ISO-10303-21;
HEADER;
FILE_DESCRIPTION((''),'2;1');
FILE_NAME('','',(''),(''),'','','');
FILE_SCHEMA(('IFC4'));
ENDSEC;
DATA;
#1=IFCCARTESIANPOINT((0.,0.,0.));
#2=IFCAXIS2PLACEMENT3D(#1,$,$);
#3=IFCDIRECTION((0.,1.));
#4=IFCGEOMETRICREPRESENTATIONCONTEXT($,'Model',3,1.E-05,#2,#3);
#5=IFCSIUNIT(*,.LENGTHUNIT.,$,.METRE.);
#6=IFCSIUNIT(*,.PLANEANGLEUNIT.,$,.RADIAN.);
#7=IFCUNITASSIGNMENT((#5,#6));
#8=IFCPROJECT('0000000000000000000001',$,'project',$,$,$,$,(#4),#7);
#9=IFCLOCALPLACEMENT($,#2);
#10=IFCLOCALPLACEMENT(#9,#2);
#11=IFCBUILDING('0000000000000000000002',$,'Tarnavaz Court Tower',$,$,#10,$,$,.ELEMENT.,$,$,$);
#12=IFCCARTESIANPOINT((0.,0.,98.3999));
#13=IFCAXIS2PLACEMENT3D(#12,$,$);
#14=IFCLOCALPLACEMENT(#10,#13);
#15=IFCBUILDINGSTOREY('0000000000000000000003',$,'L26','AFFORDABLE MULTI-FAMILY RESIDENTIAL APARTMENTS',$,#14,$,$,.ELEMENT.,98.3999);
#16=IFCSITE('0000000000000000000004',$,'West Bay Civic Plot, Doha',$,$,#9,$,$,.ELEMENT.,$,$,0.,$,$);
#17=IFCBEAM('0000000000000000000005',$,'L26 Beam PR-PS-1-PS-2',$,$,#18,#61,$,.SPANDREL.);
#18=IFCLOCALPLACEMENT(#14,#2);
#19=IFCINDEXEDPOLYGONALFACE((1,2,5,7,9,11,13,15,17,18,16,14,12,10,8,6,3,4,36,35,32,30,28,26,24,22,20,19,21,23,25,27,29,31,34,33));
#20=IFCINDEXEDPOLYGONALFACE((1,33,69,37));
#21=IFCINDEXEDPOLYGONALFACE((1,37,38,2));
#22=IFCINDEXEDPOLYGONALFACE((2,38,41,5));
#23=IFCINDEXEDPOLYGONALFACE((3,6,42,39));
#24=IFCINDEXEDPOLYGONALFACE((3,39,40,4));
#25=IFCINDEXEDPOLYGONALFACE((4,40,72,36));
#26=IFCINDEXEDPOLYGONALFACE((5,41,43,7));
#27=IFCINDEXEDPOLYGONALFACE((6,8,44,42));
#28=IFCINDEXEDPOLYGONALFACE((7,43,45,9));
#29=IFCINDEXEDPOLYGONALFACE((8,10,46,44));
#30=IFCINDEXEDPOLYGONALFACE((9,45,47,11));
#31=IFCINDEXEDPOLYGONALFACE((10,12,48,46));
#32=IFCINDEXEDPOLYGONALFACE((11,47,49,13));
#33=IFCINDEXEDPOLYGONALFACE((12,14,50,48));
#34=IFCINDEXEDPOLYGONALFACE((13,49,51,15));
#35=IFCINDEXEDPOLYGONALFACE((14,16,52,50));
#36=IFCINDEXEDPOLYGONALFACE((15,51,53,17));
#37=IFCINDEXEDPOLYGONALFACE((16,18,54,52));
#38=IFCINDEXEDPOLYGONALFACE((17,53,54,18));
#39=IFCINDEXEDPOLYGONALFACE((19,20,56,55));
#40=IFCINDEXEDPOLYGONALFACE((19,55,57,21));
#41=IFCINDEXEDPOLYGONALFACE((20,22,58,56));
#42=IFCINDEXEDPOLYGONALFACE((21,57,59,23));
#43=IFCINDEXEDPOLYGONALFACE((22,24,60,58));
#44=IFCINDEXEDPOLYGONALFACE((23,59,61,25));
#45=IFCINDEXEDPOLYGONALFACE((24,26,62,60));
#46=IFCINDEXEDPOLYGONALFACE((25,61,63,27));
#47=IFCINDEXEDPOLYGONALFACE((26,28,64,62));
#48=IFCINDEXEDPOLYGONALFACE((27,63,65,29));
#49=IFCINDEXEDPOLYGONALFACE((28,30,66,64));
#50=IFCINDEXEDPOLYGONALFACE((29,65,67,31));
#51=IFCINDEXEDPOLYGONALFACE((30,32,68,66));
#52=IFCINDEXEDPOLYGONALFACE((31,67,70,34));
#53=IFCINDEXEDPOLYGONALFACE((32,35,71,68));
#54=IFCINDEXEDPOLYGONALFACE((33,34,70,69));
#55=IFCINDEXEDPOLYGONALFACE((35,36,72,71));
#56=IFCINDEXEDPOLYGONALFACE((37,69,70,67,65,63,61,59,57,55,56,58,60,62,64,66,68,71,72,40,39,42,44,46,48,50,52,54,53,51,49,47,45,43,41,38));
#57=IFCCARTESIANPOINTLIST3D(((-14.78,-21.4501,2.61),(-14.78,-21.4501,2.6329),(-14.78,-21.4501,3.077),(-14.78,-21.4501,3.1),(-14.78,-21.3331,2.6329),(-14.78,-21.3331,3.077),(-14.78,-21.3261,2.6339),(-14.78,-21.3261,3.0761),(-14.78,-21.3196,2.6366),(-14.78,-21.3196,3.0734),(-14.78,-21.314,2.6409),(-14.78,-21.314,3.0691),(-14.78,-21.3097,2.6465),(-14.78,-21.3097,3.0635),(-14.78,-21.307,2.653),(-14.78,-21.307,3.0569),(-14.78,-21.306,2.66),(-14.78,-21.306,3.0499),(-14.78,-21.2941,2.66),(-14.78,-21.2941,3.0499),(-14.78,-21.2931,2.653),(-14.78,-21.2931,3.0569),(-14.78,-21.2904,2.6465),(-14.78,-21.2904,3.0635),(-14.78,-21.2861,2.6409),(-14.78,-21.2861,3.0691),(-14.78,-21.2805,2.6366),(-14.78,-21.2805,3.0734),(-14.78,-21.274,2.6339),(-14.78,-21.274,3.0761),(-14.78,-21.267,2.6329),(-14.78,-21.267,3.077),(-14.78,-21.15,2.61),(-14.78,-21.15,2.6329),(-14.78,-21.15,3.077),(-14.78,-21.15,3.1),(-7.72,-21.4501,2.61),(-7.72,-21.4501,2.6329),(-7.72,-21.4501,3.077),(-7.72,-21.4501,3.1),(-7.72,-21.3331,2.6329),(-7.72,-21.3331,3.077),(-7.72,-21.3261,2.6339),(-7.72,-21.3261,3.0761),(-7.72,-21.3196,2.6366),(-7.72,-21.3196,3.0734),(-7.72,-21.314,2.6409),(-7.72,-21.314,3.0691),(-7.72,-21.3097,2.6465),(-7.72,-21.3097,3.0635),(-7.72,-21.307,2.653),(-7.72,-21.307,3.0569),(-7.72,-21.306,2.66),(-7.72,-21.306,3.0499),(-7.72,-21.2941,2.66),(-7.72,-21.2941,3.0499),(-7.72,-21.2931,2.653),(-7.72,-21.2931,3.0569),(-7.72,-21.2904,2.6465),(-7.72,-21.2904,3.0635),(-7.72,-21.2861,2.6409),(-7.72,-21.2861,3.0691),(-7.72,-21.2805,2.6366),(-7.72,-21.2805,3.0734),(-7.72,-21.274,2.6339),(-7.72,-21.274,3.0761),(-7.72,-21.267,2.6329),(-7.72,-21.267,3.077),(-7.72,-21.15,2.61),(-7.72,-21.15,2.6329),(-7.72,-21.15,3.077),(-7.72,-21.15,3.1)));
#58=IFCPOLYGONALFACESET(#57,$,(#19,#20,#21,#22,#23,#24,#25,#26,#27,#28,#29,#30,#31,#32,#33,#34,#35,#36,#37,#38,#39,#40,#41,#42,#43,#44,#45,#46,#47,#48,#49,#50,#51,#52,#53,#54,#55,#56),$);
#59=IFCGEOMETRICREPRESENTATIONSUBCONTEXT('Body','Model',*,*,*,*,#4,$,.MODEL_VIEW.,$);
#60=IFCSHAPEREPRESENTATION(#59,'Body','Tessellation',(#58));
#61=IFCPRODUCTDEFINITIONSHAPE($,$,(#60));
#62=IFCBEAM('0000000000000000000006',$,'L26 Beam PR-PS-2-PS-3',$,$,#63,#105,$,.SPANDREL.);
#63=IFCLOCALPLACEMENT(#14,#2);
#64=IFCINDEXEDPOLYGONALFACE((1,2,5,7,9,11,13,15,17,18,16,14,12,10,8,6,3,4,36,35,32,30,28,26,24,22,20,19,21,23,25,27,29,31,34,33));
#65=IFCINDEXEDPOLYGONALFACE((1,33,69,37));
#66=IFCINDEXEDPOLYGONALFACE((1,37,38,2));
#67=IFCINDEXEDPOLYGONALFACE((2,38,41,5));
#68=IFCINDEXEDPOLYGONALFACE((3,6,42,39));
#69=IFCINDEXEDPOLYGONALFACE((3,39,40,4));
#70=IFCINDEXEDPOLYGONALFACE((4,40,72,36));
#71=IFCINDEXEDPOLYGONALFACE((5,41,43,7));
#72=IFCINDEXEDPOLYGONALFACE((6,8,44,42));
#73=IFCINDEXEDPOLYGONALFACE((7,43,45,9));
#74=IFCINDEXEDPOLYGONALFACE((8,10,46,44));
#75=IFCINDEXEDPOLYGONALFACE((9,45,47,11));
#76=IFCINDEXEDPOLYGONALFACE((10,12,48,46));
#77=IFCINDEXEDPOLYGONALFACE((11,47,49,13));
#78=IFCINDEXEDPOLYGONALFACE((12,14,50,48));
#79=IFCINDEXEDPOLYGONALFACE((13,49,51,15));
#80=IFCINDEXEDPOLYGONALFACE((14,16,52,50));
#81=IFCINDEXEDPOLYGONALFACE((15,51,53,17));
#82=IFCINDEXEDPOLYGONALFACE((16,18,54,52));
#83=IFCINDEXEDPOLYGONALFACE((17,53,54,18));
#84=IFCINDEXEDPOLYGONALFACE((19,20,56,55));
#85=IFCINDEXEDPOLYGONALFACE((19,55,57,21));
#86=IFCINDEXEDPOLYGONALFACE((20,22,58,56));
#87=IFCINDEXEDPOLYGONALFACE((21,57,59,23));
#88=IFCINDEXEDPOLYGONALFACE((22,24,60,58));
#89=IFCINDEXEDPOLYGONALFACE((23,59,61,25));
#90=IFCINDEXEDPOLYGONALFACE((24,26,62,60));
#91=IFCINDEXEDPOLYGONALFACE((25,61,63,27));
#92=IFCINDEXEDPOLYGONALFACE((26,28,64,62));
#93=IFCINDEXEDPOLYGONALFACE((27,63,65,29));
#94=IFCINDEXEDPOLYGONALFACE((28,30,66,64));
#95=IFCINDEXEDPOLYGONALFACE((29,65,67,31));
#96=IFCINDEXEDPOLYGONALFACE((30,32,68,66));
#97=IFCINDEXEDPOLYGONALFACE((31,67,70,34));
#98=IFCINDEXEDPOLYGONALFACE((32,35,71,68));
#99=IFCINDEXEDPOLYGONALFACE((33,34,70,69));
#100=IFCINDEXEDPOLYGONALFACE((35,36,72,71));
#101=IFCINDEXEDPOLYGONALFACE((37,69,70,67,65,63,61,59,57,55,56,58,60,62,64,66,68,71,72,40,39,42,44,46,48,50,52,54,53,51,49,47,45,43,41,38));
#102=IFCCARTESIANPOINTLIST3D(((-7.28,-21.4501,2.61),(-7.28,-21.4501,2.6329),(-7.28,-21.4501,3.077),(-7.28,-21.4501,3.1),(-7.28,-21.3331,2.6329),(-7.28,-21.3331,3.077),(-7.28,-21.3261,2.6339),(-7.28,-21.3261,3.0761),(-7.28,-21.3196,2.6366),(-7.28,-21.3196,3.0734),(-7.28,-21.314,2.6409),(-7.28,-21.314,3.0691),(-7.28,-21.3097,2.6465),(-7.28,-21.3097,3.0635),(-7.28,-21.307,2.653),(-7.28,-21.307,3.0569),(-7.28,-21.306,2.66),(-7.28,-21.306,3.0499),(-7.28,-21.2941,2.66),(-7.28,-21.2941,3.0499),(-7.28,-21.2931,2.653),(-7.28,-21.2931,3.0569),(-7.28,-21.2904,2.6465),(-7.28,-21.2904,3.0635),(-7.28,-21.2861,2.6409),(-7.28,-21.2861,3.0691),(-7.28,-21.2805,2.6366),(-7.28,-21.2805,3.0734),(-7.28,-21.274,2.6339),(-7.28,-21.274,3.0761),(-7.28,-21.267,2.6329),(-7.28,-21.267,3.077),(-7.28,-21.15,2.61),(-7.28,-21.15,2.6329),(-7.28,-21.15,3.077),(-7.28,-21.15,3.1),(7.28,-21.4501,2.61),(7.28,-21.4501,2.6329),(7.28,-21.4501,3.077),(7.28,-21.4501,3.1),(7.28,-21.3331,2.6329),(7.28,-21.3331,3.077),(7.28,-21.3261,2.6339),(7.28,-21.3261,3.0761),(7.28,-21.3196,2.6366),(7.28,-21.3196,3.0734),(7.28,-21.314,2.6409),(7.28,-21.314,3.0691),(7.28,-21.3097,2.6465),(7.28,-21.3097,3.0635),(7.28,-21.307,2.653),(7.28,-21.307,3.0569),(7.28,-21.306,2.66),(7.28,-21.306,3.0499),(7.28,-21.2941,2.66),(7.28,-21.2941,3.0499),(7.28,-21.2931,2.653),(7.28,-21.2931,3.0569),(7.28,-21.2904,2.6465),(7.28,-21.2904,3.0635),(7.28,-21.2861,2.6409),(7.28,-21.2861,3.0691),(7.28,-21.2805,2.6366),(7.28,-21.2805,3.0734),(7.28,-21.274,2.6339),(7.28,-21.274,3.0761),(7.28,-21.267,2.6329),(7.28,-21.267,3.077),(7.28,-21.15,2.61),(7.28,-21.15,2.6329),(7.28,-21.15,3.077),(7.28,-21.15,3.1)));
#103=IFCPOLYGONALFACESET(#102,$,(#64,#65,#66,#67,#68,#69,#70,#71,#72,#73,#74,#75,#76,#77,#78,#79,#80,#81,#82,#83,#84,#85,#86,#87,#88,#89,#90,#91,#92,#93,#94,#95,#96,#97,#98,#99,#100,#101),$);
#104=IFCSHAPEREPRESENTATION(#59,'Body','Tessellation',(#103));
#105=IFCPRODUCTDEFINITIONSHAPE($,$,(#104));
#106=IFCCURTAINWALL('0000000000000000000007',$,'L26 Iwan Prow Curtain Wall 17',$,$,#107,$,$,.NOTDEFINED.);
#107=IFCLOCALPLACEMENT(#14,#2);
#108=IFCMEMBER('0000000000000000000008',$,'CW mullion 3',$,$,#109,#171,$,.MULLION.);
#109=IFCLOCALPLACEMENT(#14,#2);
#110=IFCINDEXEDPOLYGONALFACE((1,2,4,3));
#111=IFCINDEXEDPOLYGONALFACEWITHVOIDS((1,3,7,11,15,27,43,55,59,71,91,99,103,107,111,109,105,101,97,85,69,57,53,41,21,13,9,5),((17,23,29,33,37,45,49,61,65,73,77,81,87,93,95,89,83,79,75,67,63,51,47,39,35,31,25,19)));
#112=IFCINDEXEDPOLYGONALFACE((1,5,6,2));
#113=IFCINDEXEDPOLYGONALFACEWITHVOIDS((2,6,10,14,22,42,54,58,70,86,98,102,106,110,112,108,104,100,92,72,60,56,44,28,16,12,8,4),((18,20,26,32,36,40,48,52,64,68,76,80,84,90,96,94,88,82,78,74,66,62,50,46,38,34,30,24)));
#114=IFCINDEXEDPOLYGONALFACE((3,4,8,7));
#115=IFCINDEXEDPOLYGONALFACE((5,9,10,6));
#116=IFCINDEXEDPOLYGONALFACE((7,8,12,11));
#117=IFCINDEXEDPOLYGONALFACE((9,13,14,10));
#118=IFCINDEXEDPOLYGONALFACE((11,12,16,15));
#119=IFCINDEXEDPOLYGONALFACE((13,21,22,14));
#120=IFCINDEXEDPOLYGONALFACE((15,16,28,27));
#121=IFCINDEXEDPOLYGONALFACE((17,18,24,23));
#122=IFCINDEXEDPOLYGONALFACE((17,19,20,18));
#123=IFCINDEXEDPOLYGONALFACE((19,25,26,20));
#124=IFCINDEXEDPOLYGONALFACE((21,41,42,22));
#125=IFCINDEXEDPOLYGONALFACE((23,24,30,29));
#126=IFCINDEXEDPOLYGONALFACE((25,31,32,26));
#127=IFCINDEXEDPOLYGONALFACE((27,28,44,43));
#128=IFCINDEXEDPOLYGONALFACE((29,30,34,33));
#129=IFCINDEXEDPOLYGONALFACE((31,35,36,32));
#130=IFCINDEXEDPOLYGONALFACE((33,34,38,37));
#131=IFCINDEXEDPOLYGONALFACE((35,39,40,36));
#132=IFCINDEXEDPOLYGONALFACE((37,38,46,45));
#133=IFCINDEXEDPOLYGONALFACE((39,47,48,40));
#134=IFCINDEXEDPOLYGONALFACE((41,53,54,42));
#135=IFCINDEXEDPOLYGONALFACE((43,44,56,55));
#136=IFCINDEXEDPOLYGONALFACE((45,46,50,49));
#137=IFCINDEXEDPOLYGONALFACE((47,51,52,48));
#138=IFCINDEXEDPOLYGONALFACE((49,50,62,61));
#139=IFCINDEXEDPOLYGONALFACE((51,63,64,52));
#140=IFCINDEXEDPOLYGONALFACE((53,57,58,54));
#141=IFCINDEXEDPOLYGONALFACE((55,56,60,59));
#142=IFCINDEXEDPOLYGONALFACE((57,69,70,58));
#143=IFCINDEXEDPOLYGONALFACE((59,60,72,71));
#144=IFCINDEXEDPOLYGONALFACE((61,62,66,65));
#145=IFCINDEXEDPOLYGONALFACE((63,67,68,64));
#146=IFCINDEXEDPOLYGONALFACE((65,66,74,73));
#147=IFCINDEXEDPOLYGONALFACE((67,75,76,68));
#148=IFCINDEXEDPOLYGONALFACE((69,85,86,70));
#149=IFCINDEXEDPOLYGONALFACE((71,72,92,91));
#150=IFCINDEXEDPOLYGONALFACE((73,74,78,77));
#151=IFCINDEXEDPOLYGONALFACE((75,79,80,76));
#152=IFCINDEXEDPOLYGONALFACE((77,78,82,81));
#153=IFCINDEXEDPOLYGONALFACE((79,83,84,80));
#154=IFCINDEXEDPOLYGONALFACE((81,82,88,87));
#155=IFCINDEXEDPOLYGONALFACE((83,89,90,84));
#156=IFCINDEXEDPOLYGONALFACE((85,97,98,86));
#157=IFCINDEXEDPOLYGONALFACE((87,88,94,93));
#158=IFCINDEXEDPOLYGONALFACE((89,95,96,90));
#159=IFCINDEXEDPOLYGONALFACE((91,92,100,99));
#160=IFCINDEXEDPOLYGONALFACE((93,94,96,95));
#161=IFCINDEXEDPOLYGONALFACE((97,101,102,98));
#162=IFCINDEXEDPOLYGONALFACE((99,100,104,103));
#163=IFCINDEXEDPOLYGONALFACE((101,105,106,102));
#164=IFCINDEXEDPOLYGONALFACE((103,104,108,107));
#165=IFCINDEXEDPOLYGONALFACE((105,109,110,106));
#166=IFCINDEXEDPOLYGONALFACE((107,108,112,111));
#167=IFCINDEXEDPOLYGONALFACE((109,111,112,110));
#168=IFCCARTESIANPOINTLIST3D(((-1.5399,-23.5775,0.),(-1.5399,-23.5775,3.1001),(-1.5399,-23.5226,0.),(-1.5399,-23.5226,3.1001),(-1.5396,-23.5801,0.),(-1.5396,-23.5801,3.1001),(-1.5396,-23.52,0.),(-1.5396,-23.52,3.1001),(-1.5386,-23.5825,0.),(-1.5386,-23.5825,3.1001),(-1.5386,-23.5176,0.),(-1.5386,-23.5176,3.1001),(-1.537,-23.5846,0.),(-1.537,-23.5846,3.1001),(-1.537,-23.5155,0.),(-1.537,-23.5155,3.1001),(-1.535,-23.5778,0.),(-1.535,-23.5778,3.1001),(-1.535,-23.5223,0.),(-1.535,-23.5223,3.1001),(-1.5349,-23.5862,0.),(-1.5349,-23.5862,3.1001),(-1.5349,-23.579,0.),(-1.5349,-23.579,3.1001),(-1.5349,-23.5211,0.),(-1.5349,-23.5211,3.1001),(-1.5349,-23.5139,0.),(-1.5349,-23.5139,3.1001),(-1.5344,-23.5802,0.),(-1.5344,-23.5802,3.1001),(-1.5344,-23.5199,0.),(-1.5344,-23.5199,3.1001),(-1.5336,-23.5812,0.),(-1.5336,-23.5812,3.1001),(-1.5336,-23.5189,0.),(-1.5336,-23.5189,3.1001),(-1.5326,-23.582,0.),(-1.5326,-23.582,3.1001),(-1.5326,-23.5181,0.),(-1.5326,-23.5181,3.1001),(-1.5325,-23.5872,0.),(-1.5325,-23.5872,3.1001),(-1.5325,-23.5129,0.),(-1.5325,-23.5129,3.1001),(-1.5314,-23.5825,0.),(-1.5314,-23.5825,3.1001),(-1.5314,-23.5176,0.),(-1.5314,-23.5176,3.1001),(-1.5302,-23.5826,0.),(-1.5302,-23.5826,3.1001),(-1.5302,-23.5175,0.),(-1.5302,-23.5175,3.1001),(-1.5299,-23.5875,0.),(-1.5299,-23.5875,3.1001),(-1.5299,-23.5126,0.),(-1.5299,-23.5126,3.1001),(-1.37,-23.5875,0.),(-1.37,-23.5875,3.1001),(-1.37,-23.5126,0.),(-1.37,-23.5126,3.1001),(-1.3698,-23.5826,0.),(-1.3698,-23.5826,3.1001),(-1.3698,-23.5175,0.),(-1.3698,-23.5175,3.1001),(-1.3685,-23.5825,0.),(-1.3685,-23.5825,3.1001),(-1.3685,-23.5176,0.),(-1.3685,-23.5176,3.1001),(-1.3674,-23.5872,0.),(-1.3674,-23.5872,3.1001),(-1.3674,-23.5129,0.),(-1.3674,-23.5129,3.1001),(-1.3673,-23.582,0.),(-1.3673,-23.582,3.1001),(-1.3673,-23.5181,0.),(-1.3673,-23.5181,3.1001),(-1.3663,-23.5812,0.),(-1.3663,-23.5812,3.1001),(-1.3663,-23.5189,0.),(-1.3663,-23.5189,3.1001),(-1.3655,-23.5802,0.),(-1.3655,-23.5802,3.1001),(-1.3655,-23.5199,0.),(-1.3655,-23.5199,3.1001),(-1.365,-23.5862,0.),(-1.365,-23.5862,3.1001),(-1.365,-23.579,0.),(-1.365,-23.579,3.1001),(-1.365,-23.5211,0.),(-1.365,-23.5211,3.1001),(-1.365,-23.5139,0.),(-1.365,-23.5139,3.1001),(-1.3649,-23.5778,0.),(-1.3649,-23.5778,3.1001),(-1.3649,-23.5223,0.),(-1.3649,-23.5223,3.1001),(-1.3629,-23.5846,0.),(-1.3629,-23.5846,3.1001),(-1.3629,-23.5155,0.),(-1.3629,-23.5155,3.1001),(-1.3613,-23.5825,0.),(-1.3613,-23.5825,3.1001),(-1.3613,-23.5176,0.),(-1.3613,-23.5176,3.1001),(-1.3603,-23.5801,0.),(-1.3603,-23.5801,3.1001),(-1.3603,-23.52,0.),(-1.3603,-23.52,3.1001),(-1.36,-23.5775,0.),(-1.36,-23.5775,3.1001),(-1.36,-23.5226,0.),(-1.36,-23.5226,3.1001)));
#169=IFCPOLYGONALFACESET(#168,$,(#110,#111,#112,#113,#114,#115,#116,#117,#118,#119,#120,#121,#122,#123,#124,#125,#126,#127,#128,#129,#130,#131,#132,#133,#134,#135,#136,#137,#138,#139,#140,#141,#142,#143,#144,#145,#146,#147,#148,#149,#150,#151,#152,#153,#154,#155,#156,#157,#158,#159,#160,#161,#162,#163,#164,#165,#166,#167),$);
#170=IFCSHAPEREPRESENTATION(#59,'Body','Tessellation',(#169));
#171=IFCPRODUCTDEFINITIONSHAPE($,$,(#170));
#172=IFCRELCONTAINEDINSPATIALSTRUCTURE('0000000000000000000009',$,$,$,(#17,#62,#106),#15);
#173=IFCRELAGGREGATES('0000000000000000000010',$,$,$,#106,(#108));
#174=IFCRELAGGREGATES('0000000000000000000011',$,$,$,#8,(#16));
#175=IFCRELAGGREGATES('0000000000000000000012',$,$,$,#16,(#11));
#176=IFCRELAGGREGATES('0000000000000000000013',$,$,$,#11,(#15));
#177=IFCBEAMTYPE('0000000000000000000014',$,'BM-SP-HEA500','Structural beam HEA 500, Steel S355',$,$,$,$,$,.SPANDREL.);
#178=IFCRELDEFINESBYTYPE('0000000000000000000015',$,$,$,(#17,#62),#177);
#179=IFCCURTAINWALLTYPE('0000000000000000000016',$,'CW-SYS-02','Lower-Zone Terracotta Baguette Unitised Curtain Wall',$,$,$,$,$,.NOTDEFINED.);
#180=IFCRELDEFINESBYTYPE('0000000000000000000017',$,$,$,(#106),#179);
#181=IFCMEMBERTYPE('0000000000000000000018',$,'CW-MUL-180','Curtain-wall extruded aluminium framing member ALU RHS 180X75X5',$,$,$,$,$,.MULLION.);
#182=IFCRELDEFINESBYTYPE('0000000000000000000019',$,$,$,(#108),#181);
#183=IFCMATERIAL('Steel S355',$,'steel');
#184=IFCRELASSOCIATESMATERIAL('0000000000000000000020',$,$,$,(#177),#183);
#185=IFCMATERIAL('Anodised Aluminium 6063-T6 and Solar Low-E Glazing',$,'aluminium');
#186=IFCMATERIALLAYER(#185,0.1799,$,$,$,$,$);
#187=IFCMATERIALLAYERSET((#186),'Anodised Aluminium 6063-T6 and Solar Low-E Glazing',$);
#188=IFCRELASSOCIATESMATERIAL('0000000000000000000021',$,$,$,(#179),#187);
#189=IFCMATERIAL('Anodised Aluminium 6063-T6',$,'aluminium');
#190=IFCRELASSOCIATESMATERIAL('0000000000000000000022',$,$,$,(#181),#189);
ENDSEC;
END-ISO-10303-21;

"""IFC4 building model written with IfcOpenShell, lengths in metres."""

from ifc_helpers import new_model, si_unit, direction, frame, origin, origin_2d, place, context, subcontext, project, spatial, hollow_rectangle, i_section, extrude, material, layer, layer_set, material_profile, profile_set, type_object, element, aggregate, save


model = new_model("IFC4")

# Units and contexts
model_context = context("Model", 3, precision=1e-05, world=origin(), true_north=direction((0.0, 1.0)))
body_context = subcontext(model_context, "Body", "Model", "MODEL_VIEW")
ifc_project = project(units=[si_unit("LENGTHUNIT", "METRE"), si_unit("PLANEANGLEUNIT", "RADIAN")], contexts=[model_context])

# Site, building, storey
site_placement = place(None, origin())
site = spatial("IfcSite", under=ifc_project, at=site_placement, Name="West Bay Civic Plot, Doha", CompositionType="ELEMENT", RefElevation=0.0)
building_placement = place(site_placement, origin())
building = spatial("IfcBuilding", under=site, at=building_placement, Name="Tarnavaz Court Tower", CompositionType="ELEMENT")
storey_placement = place(building_placement, frame((0.0, 0.0, 98.3999)))
storey = spatial("IfcBuildingStorey", under=building, at=storey_placement, Name="L26", Description="AFFORDABLE MULTI-FAMILY RESIDENTIAL APARTMENTS", CompositionType="ELEMENT", Elevation=98.3999)

# Beams
ifc_material_1 = material(Name="Steel S355", Category="steel")
ifc_material_profile_1 = material_profile(ifc_material_1, i_section(OverallWidth=0.3, OverallDepth=0.49, WebThickness=0.012, FlangeThickness=0.0229, FilletRadius=0.0271, at=origin_2d()), Name="HEA 500")
ifc_profile_set_1 = profile_set([ifc_material_profile_1], Name="Steel S355")
beam_type_1 = type_object("IfcBeamType", Name="BM-SP-HEA500", Description="Structural beam HEA 500, Steel S355", PredefinedType="SPANDREL", material=ifc_profile_set_1)
beam_1_placement = place(storey_placement, frame((-14.78, -21.3, 2.855), z_axis=(1.0, 0.0, 0.0), x_axis=(0.0, 1.0, 0.0)))
element("IfcBeam", 1, at=beam_1_placement, inside=storey, type_object=beam_type_1, Name="L26 Beam PR-PS-1-PS-2", PredefinedType="SPANDREL", context=body_context, shape_type="SweptSolid", body=[
    extrude(i_section(OverallWidth=0.3, OverallDepth=0.49, WebThickness=0.012, FlangeThickness=0.0229, FilletRadius=0.0271, at=origin_2d()), origin(), (0.0, 0.0, 1.0), 7.0601),
])
beam_2_placement = place(storey_placement, frame((-7.28, -21.3, 2.855), z_axis=(1.0, 0.0, 0.0), x_axis=(0.0, 1.0, 0.0)))
element("IfcBeam", 2, at=beam_2_placement, inside=storey, type_object=beam_type_1, Name="L26 Beam PR-PS-2-PS-3", PredefinedType="SPANDREL", context=body_context, shape_type="SweptSolid", body=[
    extrude(i_section(OverallWidth=0.3, OverallDepth=0.49, WebThickness=0.012, FlangeThickness=0.0229, FilletRadius=0.0271, at=origin_2d()), origin(), (0.0, 0.0, 1.0), 14.5601),
])

# Curtain wall, member
ifc_material_2 = material(Name="Anodised Aluminium 6063-T6 and Solar Low-E Glazing", Category="aluminium")
ifc_layer_1 = layer(ifc_material_2, 0.1799)
ifc_layer_set_1 = layer_set([ifc_layer_1], Name="Anodised Aluminium 6063-T6 and Solar Low-E Glazing")
curtain_wall_type = type_object("IfcCurtainWallType", Name="CW-SYS-02", Description="Lower-Zone Terracotta Baguette Unitised Curtain Wall", PredefinedType="NOTDEFINED", material=ifc_layer_set_1)
curtain_wall_placement = place(storey_placement, origin())
curtain_wall = element("IfcCurtainWall", 3, at=curtain_wall_placement, inside=storey, type_object=curtain_wall_type, Name="L26 Iwan Prow Curtain Wall 17", PredefinedType="NOTDEFINED")
ifc_material_3 = material(Name="Anodised Aluminium 6063-T6", Category="aluminium")
ifc_material_profile_2 = material_profile(ifc_material_3, hollow_rectangle(XDim=0.075, YDim=0.1799, WallThickness=0.0049, InnerFilletRadius=0.0049, OuterFilletRadius=0.01, at=origin_2d()), Name="ALU RHS 180X75X5")
ifc_profile_set_2 = profile_set([ifc_material_profile_2], Name="Anodised Aluminium 6063-T6")
member_type_1 = type_object("IfcMemberType", Name="CW-MUL-180", Description="Curtain-wall extruded aluminium framing member ALU RHS 180X75X5", PredefinedType="MULLION", material=ifc_profile_set_2)
member_1_placement = place(storey_placement, frame((-1.45, -23.55, 0.0), z_axis=(0.0, 0.0, 1.0), x_axis=(0.0, -1.0, 0.0)))
member_1 = element("IfcMember", 4, at=member_1_placement, type_object=member_type_1, Name="CW mullion 3", PredefinedType="MULLION", context=body_context, shape_type="SweptSolid", body=[
    extrude(hollow_rectangle(XDim=0.075, YDim=0.1799, WallThickness=0.0049, InnerFilletRadius=0.0049, OuterFilletRadius=0.01, at=origin_2d()), origin(), (0.0, 0.0, 1.0), 3.1001),
])
aggregate(curtain_wall, [member_1])

save(model, "model.ifc")
